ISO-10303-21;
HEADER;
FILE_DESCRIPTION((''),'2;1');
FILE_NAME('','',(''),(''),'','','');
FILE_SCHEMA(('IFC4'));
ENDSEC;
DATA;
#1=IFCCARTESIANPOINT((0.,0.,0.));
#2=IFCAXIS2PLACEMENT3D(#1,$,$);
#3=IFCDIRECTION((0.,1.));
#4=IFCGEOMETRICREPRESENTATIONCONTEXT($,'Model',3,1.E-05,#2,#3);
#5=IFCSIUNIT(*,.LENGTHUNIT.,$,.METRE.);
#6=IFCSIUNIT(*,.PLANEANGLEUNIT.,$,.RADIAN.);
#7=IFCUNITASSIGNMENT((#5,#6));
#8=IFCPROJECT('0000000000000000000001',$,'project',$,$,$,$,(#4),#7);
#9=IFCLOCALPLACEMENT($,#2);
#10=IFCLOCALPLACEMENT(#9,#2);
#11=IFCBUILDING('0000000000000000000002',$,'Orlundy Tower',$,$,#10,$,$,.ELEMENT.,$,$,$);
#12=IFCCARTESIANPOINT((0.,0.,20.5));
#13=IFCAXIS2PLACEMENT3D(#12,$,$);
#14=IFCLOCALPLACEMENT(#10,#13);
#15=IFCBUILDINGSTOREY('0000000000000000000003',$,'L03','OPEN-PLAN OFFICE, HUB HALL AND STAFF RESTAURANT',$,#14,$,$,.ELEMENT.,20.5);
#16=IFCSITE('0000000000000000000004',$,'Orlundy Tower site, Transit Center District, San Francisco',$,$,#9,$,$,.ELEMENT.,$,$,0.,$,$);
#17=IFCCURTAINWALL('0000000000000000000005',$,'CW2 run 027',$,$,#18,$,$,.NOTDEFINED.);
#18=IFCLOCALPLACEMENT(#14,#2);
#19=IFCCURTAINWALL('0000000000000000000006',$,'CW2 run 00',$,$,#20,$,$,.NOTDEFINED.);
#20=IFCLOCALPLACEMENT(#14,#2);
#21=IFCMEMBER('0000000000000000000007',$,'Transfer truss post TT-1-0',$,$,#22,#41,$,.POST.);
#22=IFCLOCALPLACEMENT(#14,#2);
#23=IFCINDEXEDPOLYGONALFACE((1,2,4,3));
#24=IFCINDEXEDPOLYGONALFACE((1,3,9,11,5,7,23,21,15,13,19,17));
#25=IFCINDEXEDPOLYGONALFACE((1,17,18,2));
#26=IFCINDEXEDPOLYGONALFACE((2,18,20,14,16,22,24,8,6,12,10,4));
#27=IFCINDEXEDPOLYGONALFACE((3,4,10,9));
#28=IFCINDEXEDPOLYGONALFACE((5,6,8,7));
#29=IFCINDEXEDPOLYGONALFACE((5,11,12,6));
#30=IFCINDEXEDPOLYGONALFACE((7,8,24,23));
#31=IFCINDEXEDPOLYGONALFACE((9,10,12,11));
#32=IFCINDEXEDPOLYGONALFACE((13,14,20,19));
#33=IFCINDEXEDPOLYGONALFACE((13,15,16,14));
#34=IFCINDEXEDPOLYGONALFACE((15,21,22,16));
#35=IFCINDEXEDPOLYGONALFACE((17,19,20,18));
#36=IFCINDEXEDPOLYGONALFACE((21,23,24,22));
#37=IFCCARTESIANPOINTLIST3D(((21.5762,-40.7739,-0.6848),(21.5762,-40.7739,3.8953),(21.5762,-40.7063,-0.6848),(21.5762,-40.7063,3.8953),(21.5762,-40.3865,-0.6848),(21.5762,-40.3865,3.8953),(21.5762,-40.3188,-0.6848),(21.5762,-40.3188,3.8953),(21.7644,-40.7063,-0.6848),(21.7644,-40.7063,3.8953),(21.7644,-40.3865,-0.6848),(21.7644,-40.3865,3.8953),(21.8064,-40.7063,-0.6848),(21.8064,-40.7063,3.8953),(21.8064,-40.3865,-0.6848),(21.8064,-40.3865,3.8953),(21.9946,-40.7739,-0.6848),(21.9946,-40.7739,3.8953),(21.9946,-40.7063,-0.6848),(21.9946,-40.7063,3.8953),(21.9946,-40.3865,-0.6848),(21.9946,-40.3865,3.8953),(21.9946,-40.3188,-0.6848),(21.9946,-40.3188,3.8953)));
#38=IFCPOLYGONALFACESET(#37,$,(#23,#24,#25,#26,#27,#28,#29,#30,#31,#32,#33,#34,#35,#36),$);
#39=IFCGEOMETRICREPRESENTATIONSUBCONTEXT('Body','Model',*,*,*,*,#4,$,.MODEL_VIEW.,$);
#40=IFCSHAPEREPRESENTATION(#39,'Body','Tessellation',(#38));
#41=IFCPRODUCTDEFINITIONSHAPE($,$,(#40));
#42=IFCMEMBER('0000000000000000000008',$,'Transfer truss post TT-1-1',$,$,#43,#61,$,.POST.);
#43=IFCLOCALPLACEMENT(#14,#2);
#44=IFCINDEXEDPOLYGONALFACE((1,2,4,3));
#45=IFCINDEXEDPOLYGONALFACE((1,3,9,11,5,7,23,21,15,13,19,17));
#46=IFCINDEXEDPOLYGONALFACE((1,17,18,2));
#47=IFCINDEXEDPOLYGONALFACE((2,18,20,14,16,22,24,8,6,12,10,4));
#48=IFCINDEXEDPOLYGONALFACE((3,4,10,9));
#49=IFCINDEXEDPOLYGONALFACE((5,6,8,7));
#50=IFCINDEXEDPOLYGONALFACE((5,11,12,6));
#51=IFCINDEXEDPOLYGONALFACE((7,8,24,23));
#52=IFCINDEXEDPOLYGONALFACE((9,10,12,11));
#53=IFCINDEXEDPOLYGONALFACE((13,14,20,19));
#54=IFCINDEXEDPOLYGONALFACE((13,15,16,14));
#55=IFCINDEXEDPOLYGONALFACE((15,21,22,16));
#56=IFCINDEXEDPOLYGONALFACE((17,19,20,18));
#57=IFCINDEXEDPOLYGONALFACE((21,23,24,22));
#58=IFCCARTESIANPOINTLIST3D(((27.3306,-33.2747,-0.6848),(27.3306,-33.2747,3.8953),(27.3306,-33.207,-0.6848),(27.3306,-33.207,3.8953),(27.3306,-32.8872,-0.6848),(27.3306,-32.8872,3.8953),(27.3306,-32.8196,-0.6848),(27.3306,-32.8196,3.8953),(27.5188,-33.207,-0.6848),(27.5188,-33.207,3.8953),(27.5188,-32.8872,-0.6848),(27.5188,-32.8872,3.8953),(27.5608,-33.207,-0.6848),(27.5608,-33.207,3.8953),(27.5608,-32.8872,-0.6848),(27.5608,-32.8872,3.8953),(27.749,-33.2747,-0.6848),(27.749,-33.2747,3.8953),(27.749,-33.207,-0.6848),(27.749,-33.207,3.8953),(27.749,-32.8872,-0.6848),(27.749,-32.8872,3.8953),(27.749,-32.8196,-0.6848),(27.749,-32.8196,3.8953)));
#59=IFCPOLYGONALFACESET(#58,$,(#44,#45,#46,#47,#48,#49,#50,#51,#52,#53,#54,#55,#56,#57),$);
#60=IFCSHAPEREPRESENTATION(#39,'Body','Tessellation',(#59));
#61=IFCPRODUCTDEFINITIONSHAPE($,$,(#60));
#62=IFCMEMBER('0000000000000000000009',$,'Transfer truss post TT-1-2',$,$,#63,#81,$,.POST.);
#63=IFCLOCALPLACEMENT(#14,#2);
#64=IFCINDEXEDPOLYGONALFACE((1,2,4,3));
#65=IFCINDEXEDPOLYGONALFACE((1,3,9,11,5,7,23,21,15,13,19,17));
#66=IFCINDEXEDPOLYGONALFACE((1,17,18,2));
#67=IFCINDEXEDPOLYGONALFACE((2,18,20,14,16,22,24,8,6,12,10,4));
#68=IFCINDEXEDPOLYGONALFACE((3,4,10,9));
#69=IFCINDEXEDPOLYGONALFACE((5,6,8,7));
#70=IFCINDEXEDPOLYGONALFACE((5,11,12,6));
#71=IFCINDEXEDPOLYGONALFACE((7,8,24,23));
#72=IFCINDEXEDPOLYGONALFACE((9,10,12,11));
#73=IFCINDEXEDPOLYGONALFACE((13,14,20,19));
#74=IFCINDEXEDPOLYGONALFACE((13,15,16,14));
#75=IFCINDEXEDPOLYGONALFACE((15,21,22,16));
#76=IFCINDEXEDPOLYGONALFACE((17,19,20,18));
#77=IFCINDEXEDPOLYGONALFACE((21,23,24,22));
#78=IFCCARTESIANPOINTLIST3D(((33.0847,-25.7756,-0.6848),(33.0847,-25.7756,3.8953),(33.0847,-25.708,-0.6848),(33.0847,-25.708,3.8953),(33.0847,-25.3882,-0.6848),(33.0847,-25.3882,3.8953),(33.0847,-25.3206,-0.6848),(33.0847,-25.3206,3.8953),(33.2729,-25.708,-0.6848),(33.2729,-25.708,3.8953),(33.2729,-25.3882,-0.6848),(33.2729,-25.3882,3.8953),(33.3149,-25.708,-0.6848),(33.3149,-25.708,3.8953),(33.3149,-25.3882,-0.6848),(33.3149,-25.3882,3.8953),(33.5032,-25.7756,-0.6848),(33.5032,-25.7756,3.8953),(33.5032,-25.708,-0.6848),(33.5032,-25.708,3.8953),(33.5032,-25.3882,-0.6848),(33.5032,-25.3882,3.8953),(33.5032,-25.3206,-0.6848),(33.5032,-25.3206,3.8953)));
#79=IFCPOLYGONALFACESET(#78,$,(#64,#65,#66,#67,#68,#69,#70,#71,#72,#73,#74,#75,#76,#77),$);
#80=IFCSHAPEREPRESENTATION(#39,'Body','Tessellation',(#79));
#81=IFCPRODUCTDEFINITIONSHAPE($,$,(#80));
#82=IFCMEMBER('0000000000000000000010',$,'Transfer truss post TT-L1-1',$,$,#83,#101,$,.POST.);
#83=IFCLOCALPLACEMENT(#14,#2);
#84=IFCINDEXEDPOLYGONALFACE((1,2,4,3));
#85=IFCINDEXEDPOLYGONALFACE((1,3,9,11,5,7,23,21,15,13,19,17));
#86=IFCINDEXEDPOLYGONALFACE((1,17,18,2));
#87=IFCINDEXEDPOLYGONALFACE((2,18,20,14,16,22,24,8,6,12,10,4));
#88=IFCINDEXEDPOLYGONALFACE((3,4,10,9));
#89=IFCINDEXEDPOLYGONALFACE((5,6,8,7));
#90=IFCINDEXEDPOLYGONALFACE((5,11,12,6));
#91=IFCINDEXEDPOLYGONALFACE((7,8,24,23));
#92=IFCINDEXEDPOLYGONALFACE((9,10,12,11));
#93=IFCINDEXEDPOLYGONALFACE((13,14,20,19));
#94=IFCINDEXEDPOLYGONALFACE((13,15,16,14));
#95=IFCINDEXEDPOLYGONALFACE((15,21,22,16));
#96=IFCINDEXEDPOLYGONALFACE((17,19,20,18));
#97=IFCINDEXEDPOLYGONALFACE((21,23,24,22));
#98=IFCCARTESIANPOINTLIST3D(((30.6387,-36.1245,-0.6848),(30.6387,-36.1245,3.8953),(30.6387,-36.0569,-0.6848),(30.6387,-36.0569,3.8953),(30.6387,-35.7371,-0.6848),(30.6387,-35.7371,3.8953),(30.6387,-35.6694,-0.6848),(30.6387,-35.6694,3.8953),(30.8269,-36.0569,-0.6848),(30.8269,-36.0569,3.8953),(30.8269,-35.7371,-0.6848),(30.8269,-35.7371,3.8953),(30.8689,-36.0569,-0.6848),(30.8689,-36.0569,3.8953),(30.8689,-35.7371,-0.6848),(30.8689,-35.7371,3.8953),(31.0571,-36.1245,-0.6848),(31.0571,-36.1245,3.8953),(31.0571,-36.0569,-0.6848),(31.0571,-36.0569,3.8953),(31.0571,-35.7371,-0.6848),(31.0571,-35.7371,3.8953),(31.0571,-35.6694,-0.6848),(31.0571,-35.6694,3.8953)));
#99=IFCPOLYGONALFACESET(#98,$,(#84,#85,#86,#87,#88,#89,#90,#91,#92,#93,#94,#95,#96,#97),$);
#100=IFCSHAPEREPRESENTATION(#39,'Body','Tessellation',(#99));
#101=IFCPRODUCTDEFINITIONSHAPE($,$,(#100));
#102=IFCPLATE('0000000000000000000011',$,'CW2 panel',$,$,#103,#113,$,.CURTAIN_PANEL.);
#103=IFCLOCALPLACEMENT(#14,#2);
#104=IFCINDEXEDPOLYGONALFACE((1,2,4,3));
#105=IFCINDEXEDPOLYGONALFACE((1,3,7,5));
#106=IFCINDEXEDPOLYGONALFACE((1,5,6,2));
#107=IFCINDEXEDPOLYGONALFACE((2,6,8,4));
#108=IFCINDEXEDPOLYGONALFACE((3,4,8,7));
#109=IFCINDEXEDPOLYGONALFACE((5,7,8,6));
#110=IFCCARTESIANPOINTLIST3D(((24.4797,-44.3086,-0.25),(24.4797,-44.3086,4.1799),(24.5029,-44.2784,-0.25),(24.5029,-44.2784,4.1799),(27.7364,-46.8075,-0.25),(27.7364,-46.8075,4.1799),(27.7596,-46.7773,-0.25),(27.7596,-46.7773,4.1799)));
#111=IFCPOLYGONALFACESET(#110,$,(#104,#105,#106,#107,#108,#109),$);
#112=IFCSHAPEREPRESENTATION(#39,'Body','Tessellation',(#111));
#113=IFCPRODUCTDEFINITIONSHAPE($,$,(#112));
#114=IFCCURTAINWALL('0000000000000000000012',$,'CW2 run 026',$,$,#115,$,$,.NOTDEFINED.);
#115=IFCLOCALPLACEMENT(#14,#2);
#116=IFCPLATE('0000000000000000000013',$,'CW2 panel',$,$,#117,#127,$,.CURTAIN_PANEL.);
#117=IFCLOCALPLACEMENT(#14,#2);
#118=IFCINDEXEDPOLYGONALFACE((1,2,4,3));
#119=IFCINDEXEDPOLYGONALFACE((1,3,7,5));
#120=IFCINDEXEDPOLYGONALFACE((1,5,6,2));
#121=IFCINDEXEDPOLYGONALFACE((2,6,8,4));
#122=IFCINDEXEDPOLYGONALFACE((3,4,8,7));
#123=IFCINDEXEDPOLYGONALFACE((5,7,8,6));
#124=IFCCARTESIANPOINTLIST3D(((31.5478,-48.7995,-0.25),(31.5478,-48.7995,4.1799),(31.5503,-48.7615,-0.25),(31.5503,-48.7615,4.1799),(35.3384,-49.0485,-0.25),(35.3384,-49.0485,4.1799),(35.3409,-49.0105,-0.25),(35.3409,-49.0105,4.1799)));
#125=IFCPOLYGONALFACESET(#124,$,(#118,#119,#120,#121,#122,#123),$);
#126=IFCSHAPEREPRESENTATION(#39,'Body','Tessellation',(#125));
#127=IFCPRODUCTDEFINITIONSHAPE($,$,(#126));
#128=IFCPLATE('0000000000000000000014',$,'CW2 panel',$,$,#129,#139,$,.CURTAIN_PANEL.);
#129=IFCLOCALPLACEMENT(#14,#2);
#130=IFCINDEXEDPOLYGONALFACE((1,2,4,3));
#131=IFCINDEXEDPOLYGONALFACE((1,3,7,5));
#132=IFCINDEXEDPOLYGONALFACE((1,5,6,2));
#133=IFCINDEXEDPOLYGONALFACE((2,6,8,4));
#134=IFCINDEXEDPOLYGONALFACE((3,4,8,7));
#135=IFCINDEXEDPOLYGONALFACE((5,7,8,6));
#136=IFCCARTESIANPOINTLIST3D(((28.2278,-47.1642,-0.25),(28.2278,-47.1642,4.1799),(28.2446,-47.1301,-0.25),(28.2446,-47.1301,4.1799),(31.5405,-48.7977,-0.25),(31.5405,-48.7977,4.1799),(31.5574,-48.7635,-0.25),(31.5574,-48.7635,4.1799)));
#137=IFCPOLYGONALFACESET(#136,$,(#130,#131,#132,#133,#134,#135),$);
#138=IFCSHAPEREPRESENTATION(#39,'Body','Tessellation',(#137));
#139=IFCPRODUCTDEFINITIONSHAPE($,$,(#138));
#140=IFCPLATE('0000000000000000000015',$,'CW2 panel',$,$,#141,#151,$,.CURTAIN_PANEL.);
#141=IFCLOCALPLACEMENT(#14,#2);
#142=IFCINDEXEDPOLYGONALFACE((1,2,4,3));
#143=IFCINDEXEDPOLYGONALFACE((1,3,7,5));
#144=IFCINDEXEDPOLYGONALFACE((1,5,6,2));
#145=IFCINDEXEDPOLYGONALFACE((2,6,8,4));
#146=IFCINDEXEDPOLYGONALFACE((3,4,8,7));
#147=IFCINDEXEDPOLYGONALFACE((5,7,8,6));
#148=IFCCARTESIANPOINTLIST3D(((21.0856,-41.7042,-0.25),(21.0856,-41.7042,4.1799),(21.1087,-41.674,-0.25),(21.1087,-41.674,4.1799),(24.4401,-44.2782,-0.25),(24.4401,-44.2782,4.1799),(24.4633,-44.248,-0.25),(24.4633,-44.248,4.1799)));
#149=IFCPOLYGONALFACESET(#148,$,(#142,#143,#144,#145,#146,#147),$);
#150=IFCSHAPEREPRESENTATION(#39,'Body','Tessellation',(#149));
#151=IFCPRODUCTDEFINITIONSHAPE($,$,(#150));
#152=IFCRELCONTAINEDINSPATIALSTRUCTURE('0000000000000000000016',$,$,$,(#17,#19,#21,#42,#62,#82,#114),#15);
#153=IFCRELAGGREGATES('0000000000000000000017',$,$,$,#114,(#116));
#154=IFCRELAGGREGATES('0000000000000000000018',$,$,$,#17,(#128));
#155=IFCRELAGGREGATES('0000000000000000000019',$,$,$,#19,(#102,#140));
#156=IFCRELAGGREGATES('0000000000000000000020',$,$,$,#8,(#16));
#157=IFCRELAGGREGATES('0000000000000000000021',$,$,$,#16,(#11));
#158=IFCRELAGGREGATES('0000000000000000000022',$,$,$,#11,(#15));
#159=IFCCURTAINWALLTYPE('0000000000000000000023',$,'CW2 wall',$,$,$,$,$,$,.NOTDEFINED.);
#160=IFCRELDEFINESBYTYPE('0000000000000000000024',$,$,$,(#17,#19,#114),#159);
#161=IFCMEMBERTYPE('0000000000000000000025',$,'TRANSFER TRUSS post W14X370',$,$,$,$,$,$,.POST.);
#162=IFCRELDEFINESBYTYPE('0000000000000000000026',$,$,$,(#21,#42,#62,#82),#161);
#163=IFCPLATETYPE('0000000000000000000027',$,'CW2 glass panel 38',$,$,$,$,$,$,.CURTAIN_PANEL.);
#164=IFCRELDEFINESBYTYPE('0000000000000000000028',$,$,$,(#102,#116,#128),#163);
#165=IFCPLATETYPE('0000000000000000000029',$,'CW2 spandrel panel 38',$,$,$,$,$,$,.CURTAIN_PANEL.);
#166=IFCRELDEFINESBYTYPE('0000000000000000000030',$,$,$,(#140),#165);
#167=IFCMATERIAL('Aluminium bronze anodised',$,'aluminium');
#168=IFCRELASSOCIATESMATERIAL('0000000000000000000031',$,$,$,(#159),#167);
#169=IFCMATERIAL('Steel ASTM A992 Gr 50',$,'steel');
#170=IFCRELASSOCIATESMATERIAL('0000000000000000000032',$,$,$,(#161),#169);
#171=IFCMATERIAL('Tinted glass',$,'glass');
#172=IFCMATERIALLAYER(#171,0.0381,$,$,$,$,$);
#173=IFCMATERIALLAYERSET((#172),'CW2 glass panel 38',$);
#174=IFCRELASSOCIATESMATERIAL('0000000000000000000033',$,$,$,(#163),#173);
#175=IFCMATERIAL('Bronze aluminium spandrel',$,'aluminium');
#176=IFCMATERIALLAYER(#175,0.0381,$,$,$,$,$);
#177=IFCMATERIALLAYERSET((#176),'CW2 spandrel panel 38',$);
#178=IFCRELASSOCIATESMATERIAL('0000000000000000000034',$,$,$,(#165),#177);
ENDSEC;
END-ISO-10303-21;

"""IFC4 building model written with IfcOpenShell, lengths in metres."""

from ifc_helpers import new_model, si_unit, direction, frame, origin, origin_2d, place, context, subcontext, project, spatial, rectangle, i_section, extrude, material, layer, layer_set, material_profile, profile_set, type_object, element, aggregate, save


model = new_model("IFC4")

# Units and contexts
model_context = context("Model", 3, precision=1e-05, world=origin(), true_north=direction((0.0, 1.0)))
body_context = subcontext(model_context, "Body", "Model", "MODEL_VIEW")
ifc_project = project(units=[si_unit("LENGTHUNIT", "METRE"), si_unit("PLANEANGLEUNIT", "RADIAN")], contexts=[model_context])

# Site, building, storey
site_placement = place(None, origin())
site = spatial("IfcSite", under=ifc_project, at=site_placement, Name="Orlundy Tower site, Transit Center District, San Francisco", CompositionType="ELEMENT", RefElevation=0.0)
building_placement = place(site_placement, origin())
building = spatial("IfcBuilding", under=site, at=building_placement, Name="Orlundy Tower", CompositionType="ELEMENT")
storey_placement = place(building_placement, frame((0.0, 0.0, 20.5)))
storey = spatial("IfcBuildingStorey", under=building, at=storey_placement, Name="L03", Description="OPEN-PLAN OFFICE, HUB HALL AND STAFF RESTAURANT", CompositionType="ELEMENT", Elevation=20.5)

# Curtain wall
ifc_material_1 = material(Name="Aluminium bronze anodised", Category="aluminium")
curtain_wall_type = type_object("IfcCurtainWallType", Name="CW2 wall", PredefinedType="NOTDEFINED", material=ifc_material_1)
curtain_wall_1_placement = place(storey_placement, origin())
curtain_wall_1 = element("IfcCurtainWall", 1, at=curtain_wall_1_placement, inside=storey, type_object=curtain_wall_type, Name="CW2 run 027", PredefinedType="NOTDEFINED")

# Curtain wall
curtain_wall_2_placement = place(storey_placement, origin())
curtain_wall_2 = element("IfcCurtainWall", 2, at=curtain_wall_2_placement, inside=storey, type_object=curtain_wall_type, Name="CW2 run 00", PredefinedType="NOTDEFINED")

# Members
ifc_material_2 = material(Name="Steel ASTM A992 Gr 50", Category="steel")
ifc_material_profile_1 = material_profile(ifc_material_2, i_section(OverallWidth=0.4185, OverallDepth=0.4551, WebThickness=0.042, FlangeThickness=0.0676, at=origin_2d()), Name="W14X370")
ifc_profile_set_1 = profile_set([ifc_material_profile_1], Name="Steel ASTM A992 Gr 50")
member_type_1 = type_object("IfcMemberType", Name="TRANSFER TRUSS post W14X370", PredefinedType="POST", material=ifc_profile_set_1)
for number, where, z_axis, x_axis, name in (
    (3, (21.7854, -40.5464, -0.6848), (0.0, 0.0, 1.0), (1.0, 0.0, 0.0), "Transfer truss post TT-1-0"),
    (4, (27.5398, -33.0471, -0.6848), (0.0, 0.0, 1.0), (1.0, 0.0, 0.0), "Transfer truss post TT-1-1"),
    (5, (33.2939, -25.5481, -0.6848), (0.0, 0.0, 1.0), (1.0, 0.0, 0.0), "Transfer truss post TT-1-2"),
    (6, (30.8479, -35.897, -0.6848), (0.0, 0.0, 1.0), (1.0, 0.0, 0.0), "Transfer truss post TT-L1-1"),
):
    element("IfcMember", number, at=place(storey_placement, frame(where, z_axis=z_axis, x_axis=x_axis)), inside=storey, type_object=member_type_1, Name=name, PredefinedType="POST", context=body_context, shape_type="SweptSolid", body=[
        extrude(i_section(OverallWidth=0.4185, OverallDepth=0.4551, WebThickness=0.042, FlangeThickness=0.0676, at=origin_2d()), origin(), (0.0, 0.0, 1.0), 4.5801),
    ])

# Plate
ifc_material_3 = material(Name="Tinted glass", Category="glass")
ifc_layer_1 = layer(ifc_material_3, 0.0381)
ifc_layer_set_1 = layer_set([ifc_layer_1], Name="CW2 glass panel 38")
plate_type_1 = type_object("IfcPlateType", Name="CW2 glass panel 38", PredefinedType="CURTAIN_PANEL", material=ifc_layer_set_1)
plate_1_placement = place(storey_placement, frame((26.1196, -45.543, -0.25), z_axis=(0.0, 0.0, 1.0), x_axis=(-0.793357, 0.608757, 0.0)))
plate_1 = element("IfcPlate", 7, at=plate_1_placement, type_object=plate_type_1, Name="CW2 panel", PredefinedType="CURTAIN_PANEL", context=body_context, shape_type="SweptSolid", body=[
    extrude(rectangle(XDim=4.105, YDim=0.0381, at=origin_2d()), origin(), (0.0, 0.0, 1.0), 4.4299),
])

# Curtain wall, plate
curtain_wall_3_placement = place(storey_placement, origin())
curtain_wall_3 = element("IfcCurtainWall", 8, at=curtain_wall_3_placement, inside=storey, type_object=curtain_wall_type, Name="CW2 run 026", PredefinedType="NOTDEFINED")
plate_2_placement = place(storey_placement, frame((33.4443, -48.905, -0.25), z_axis=(0.0, 0.0, 1.0), x_axis=(-0.997849, 0.065552, 0.0)))
plate_2 = element("IfcPlate", 9, at=plate_2_placement, type_object=plate_type_1, Name="CW2 panel", PredefinedType="CURTAIN_PANEL", context=body_context, shape_type="SweptSolid", body=[
    extrude(rectangle(XDim=3.7988, YDim=0.0381, at=origin_2d()), origin(), (0.0, 0.0, 1.0), 4.4299),
])
aggregate(curtain_wall_3, [plate_2])

# Plates
plate_3_placement = place(storey_placement, frame((29.8926, -47.9639, -0.25), z_axis=(0.0, 0.0, 1.0), x_axis=(-0.896896, 0.442242, 0.0)))
plate_3 = element("IfcPlate", 10, at=plate_3_placement, type_object=plate_type_1, Name="CW2 panel", PredefinedType="CURTAIN_PANEL", context=body_context, shape_type="SweptSolid", body=[
    extrude(rectangle(XDim=3.6936, YDim=0.0381, at=origin_2d()), origin(), (0.0, 0.0, 1.0), 4.4299),
])
aggregate(curtain_wall_1, [plate_3])
ifc_material_4 = material(Name="Bronze aluminium spandrel", Category="aluminium")
ifc_layer_2 = layer(ifc_material_4, 0.0381)
ifc_layer_set_2 = layer_set([ifc_layer_2], Name="CW2 spandrel panel 38")
plate_type_2 = type_object("IfcPlateType", Name="CW2 spandrel panel 38", PredefinedType="CURTAIN_PANEL", material=ifc_layer_set_2)
plate_4_placement = place(storey_placement, frame((22.7744, -42.9761, -0.25), z_axis=(0.0, 0.0, 1.0), x_axis=(-0.793357, 0.608757, 0.0)))
plate_4 = element("IfcPlate", 11, at=plate_4_placement, type_object=plate_type_2, Name="CW2 panel", PredefinedType="CURTAIN_PANEL", context=body_context, shape_type="SweptSolid", body=[
    extrude(rectangle(XDim=4.2283, YDim=0.0381, at=origin_2d()), origin(), (0.0, 0.0, 1.0), 4.4299),
])
aggregate(curtain_wall_2, [plate_1, plate_4])

save(model, "model.ifc")
